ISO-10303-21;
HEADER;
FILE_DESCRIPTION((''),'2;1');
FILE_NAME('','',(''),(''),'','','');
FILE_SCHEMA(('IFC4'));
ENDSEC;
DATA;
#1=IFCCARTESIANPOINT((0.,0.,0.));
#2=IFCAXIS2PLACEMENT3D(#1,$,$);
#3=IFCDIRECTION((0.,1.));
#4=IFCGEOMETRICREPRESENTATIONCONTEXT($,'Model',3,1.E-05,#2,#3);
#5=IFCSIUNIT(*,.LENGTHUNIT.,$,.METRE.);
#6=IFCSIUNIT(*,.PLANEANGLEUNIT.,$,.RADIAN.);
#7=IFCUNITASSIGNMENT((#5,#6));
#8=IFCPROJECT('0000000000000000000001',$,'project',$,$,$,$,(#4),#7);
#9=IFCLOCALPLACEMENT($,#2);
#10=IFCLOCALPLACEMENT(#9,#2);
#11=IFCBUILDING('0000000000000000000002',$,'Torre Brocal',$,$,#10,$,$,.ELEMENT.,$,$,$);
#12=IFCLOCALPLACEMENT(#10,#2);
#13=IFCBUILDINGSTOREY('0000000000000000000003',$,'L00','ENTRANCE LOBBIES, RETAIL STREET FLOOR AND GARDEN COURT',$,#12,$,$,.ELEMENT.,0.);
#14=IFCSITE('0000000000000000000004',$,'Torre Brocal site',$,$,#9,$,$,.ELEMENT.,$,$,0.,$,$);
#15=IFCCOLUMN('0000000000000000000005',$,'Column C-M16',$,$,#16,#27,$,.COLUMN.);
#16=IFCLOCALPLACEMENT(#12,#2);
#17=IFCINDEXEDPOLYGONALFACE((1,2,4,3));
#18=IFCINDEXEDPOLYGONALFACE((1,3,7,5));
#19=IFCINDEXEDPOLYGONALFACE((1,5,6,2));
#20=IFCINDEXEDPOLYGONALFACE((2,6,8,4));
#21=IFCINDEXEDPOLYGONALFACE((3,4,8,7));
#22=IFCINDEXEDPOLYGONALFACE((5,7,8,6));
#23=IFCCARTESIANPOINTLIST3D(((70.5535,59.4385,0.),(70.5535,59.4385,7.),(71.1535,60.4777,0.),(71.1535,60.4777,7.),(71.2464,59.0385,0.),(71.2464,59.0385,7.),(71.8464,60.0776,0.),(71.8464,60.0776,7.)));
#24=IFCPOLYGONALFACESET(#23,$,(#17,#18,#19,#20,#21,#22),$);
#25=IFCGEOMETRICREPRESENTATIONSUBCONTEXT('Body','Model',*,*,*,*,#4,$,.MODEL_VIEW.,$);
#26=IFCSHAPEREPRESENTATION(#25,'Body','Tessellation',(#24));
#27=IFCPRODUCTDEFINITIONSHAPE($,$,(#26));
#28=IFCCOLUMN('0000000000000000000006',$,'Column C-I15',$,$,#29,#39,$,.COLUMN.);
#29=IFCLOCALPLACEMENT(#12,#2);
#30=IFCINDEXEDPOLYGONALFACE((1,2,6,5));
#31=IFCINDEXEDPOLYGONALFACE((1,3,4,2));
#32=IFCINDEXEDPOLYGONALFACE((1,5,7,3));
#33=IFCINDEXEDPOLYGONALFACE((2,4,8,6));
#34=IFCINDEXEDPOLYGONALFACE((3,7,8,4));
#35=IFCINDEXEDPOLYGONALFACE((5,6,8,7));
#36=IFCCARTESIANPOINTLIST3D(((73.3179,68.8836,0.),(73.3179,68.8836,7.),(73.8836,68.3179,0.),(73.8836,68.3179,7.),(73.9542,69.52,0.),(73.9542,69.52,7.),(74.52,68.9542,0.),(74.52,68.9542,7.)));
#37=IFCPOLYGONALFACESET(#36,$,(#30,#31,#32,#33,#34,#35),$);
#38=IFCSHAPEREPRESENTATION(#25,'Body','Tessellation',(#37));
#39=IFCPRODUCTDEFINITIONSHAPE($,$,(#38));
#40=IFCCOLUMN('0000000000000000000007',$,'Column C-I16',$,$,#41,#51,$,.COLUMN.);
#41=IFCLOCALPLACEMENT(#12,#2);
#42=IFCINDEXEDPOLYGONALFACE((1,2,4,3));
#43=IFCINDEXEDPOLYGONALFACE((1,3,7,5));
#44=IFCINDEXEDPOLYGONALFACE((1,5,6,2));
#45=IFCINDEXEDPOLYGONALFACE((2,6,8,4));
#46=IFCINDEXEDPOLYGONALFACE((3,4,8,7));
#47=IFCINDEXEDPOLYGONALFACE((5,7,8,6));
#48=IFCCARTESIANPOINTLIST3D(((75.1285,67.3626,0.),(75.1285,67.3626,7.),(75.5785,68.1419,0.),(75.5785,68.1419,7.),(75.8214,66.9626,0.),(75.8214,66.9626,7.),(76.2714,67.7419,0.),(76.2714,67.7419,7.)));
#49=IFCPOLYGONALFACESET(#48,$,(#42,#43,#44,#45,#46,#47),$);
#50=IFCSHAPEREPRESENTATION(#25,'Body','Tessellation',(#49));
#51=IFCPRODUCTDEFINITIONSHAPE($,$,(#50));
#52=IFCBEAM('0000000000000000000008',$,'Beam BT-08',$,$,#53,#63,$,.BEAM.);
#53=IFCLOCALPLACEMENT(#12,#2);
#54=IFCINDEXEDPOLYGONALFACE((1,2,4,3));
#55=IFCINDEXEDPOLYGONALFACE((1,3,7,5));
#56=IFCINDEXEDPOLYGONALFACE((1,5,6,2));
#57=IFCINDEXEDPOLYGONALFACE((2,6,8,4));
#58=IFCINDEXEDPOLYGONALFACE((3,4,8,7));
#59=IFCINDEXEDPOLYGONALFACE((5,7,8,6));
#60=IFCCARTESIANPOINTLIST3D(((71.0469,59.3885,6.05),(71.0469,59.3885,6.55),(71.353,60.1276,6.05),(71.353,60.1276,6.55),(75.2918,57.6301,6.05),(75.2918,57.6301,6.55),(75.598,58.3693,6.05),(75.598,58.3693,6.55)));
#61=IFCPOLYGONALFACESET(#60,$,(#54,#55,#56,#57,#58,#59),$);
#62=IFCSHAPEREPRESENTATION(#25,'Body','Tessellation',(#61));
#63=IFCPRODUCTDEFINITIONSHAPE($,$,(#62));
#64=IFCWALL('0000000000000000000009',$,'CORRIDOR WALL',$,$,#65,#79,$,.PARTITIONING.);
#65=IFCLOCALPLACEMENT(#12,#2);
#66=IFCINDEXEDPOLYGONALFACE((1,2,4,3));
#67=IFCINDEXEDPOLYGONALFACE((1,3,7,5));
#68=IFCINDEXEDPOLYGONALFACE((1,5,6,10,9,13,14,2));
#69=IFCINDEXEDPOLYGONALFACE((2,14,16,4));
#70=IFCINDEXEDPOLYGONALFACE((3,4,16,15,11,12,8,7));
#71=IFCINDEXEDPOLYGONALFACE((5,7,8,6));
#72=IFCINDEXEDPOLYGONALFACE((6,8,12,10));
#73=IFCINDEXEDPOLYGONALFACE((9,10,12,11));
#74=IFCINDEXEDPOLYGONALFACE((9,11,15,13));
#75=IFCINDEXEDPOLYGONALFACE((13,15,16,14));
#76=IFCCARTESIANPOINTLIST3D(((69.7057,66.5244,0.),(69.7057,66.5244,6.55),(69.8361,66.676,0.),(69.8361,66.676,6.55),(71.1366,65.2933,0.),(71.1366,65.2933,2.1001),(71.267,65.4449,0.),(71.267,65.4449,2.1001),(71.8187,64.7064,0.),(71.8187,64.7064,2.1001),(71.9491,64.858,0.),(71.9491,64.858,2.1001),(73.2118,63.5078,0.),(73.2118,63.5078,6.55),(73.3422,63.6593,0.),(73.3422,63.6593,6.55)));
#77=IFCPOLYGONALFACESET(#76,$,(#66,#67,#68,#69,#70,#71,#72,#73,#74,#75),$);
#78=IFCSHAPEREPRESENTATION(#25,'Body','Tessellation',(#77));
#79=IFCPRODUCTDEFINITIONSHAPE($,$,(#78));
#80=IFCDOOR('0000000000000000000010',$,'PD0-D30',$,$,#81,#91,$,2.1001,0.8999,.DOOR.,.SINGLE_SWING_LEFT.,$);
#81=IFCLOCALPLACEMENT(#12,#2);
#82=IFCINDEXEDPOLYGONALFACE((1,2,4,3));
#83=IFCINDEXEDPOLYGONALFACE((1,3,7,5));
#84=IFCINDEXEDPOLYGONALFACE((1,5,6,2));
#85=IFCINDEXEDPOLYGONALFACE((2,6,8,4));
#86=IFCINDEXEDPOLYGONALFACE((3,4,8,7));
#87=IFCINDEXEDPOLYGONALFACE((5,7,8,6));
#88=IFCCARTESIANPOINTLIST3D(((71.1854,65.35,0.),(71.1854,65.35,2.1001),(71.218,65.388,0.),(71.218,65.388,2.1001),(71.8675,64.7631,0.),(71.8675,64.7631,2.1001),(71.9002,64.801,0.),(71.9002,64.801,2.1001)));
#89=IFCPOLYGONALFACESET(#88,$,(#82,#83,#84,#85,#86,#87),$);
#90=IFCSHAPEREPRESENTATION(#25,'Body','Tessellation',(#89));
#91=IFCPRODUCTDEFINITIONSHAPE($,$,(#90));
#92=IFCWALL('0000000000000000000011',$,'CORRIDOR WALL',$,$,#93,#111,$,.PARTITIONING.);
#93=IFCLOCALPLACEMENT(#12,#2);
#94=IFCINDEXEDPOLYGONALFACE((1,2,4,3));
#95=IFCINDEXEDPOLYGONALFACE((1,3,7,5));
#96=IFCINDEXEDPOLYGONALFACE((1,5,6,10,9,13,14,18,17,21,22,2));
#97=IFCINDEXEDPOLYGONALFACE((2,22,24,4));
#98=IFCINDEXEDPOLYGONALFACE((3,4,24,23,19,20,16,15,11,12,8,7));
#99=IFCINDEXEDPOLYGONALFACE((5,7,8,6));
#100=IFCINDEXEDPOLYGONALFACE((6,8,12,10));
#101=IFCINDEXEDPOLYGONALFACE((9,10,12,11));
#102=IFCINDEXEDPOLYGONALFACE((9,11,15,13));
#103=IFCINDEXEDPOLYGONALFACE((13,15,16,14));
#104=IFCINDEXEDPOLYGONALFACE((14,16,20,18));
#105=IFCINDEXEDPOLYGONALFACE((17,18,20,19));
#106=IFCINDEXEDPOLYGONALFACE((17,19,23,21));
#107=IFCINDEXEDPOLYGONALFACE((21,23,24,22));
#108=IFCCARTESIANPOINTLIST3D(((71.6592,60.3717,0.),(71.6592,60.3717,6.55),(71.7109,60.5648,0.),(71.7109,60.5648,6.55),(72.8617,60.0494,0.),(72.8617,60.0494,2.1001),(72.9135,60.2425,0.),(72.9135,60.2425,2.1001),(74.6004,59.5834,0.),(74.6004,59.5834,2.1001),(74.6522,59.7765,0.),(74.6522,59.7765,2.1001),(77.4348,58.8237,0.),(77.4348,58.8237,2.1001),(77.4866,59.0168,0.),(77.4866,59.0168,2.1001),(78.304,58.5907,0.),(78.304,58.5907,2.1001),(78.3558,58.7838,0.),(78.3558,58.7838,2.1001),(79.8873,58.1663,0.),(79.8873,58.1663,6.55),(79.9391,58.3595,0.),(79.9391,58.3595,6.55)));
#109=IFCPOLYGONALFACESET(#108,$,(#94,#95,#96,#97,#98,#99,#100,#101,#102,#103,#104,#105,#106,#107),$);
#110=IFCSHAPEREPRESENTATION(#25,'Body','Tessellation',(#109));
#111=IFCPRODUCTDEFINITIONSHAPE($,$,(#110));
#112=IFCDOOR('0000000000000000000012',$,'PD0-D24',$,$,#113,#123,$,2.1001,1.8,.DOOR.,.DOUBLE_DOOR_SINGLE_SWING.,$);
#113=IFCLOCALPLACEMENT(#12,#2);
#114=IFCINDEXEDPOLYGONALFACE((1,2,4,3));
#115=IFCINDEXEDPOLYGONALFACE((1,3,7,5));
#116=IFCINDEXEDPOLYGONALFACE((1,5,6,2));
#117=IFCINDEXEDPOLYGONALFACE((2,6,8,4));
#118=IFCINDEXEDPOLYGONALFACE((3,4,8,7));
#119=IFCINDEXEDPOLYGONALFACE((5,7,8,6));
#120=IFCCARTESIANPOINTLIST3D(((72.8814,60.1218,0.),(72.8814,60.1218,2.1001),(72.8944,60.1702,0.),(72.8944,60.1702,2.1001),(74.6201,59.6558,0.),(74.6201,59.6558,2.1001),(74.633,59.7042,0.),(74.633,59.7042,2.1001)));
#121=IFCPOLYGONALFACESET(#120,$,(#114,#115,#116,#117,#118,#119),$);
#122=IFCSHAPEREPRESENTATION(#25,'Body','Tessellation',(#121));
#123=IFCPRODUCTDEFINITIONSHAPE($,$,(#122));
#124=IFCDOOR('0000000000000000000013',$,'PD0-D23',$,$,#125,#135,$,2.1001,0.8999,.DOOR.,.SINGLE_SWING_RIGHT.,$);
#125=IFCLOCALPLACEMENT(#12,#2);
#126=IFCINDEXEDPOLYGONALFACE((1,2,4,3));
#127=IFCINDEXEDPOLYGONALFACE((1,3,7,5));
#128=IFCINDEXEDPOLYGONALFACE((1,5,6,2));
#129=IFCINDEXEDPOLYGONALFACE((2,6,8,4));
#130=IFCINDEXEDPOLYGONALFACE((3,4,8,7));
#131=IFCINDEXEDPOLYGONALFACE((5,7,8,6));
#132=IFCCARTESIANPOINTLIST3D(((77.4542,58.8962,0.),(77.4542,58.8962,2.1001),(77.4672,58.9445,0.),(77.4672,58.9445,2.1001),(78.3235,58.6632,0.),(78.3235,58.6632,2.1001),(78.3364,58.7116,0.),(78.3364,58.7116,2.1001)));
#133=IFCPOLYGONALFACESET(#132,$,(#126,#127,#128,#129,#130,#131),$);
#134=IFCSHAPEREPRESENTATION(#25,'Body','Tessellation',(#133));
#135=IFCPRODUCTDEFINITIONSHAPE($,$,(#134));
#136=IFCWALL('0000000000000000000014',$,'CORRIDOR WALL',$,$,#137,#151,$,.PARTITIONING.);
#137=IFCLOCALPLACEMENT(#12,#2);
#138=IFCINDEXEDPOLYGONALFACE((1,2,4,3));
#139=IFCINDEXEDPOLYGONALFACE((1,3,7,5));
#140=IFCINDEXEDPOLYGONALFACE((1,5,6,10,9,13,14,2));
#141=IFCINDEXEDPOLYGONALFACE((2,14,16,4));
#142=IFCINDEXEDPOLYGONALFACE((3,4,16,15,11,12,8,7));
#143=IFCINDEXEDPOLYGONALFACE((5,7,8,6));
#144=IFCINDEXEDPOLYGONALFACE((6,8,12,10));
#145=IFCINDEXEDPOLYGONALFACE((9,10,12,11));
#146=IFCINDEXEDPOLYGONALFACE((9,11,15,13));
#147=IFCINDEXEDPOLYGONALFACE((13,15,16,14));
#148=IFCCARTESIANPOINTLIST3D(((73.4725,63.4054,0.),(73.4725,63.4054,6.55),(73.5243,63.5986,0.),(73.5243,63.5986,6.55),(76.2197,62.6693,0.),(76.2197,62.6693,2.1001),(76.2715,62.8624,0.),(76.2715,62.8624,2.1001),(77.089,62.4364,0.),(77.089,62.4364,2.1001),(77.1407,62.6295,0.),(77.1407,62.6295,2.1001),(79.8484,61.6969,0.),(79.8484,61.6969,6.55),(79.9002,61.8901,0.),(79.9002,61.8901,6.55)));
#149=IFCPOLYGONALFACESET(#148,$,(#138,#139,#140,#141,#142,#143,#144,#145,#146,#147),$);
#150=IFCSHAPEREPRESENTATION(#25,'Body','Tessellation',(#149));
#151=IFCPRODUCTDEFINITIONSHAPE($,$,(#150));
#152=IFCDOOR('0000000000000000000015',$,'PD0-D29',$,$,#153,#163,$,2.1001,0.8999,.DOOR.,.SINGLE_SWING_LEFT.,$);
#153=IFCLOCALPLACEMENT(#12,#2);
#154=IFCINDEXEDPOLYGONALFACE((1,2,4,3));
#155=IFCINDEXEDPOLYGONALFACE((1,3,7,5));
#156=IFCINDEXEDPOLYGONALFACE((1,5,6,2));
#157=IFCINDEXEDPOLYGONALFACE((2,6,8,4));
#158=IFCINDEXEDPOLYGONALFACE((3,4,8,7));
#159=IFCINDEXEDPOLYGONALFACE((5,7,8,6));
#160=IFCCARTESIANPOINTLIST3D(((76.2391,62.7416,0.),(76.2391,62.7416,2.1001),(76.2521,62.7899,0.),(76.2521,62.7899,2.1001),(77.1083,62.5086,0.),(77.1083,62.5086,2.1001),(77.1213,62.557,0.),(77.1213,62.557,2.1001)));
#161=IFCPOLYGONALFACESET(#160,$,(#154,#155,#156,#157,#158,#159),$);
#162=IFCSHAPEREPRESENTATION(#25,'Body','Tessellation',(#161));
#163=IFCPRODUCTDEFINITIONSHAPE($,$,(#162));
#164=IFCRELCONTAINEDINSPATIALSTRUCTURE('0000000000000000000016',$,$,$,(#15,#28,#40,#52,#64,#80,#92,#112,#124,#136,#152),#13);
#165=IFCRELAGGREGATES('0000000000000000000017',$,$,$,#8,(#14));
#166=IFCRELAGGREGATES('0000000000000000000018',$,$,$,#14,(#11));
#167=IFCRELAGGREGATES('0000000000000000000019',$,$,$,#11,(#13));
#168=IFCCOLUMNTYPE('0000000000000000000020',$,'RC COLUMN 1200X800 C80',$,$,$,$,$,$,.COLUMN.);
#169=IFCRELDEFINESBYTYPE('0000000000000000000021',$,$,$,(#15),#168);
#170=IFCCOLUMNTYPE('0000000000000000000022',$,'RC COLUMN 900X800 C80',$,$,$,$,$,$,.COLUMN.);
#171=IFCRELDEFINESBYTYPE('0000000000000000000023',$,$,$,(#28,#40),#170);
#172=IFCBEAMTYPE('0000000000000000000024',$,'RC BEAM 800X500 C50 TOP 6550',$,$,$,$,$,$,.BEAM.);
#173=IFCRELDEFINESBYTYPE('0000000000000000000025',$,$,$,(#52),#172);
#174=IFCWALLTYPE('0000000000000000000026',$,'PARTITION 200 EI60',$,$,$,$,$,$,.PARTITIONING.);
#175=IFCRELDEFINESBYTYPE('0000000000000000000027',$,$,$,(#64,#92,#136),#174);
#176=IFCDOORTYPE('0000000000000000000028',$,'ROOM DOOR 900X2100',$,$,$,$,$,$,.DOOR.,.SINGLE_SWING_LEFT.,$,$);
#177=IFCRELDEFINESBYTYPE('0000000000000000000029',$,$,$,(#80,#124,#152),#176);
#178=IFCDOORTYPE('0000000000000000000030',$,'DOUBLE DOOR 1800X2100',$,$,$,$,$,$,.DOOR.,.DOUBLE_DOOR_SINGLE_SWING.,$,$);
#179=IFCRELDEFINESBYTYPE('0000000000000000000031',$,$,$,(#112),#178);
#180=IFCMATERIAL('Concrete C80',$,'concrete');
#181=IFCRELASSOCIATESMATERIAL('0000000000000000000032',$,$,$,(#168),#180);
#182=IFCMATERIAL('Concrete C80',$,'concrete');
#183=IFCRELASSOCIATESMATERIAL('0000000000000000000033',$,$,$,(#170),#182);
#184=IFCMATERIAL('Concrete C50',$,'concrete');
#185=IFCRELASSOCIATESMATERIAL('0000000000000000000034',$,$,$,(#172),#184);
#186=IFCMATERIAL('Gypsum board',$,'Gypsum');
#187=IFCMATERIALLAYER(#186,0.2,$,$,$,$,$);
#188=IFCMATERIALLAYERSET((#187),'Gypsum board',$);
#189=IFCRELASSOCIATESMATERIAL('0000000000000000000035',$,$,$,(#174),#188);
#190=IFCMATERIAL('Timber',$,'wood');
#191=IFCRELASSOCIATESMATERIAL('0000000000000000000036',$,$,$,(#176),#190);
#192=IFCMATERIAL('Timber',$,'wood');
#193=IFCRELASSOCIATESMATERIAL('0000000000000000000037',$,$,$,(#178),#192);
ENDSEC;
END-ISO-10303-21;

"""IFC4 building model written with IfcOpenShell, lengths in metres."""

from ifc_helpers import new_model, si_unit, direction, frame, frame_2d, origin, origin_2d, place, context, subcontext, project, spatial, rectangle, extrude, material, layer, layer_set, material_profile, profile_set, type_object, element, fill, save


model = new_model("IFC4")

# Units and contexts
model_context = context("Model", 3, precision=1e-05, world=origin(), true_north=direction((0.0, 1.0)))
body_context = subcontext(model_context, "Body", "Model", "MODEL_VIEW")
ifc_project = project(units=[si_unit("LENGTHUNIT", "METRE"), si_unit("PLANEANGLEUNIT", "RADIAN")], contexts=[model_context])

# Site, building, storey
site_placement = place(None, origin())
site = spatial("IfcSite", under=ifc_project, at=site_placement, Name="Torre Brocal site", CompositionType="ELEMENT", RefElevation=0.0)
building_placement = place(site_placement, origin())
building = spatial("IfcBuilding", under=site, at=building_placement, Name="Torre Brocal", CompositionType="ELEMENT")
storey_placement = place(building_placement, origin())
storey = spatial("IfcBuildingStorey", under=building, at=storey_placement, Name="L00", Description="ENTRANCE LOBBIES, RETAIL STREET FLOOR AND GARDEN COURT", CompositionType="ELEMENT", Elevation=0.0)

# Columns
ifc_material_1 = material(Name="Concrete C80", Category="concrete")
ifc_material_profile_1 = material_profile(ifc_material_1, rectangle(XDim=1.2, YDim=0.8, at=origin_2d()), Name="RC 1200X800")
ifc_profile_set_1 = profile_set([ifc_material_profile_1], Name="Concrete C80")
column_type_1 = type_object("IfcColumnType", Name="RC COLUMN 1200X800 C80", PredefinedType="COLUMN", material=ifc_profile_set_1)
column_placement = place(storey_placement, frame((71.2, 59.7581, 0.0), z_axis=(0.0, 0.0, 1.0), x_axis=(-0.5, -0.866025, 0.0)))
element("IfcColumn", 1, at=column_placement, inside=storey, type_object=column_type_1, Name="Column C-M16", PredefinedType="COLUMN", context=body_context, shape_type="SweptSolid", body=[
    extrude(rectangle(XDim=1.2, YDim=0.8, at=origin_2d()), origin(), (0.0, 0.0, 1.0), 7.0),
])
ifc_material_2 = material(Name="Concrete C80", Category="concrete")
ifc_material_profile_2 = material_profile(ifc_material_2, rectangle(XDim=0.8999, YDim=0.8, at=origin_2d()), Name="RC 900X800")
ifc_profile_set_2 = profile_set([ifc_material_profile_2], Name="Concrete C80")
column_type_2 = type_object("IfcColumnType", Name="RC COLUMN 900X800 C80", PredefinedType="COLUMN", material=ifc_profile_set_2)
for number, where, z_axis, x_axis, name in (
    (2, (73.9189, 68.9189, 0.0), (0.0, 0.0, 1.0), (-0.707107, -0.707107, 0.0), "Column C-I15"),
    (3, (75.7, 67.5522, 0.0), (0.0, 0.0, 1.0), (-0.5, -0.866025, 0.0), "Column C-I16"),
):
    element("IfcColumn", number, at=place(storey_placement, frame(where, z_axis=z_axis, x_axis=x_axis)), inside=storey, type_object=column_type_2, Name=name, PredefinedType="COLUMN", context=body_context, shape_type="SweptSolid", body=[
        extrude(rectangle(XDim=0.8999, YDim=0.8, at=origin_2d()), origin(), (0.0, 0.0, 1.0), 7.0),
    ])

# Beam
ifc_material_3 = material(Name="Concrete C50", Category="concrete")
ifc_material_profile_3 = material_profile(ifc_material_3, rectangle(XDim=0.8, YDim=0.5, at=origin_2d()), Name="RC 800X500")
ifc_profile_set_3 = profile_set([ifc_material_profile_3], Name="Concrete C50")
beam_type = type_object("IfcBeamType", Name="RC BEAM 800X500 C50 TOP 6550", PredefinedType="BEAM", material=ifc_profile_set_3)
beam_placement = place(storey_placement, frame((71.2, 59.7581, 6.3), z_axis=(0.923878, -0.382687, 0.0), x_axis=(0.382687, 0.923878, 0.0)))
element("IfcBeam", 4, at=beam_placement, inside=storey, type_object=beam_type, Name="Beam BT-08", PredefinedType="BEAM", context=body_context, shape_type="SweptSolid", body=[
    extrude(rectangle(XDim=0.8, YDim=0.5, at=origin_2d()), origin(), (0.0, 0.0, 1.0), 4.5947),
])

# Wall, opening, door
ifc_material_4 = material(Name="Gypsum board", Category="Gypsum")
ifc_layer_1 = layer(ifc_material_4, 0.2)
ifc_layer_set_1 = layer_set([ifc_layer_1], Name="Gypsum board")
wall_type_1 = type_object("IfcWallType", Name="PARTITION 200 EI60", PredefinedType="PARTITIONING", material=ifc_layer_set_1)
wall_1_placement = place(storey_placement, frame((69.771, 66.6001, 0.0), z_axis=(0.0, 0.0, 1.0), x_axis=(0.758041, -0.652207, 0.0)))
wall_1 = element("IfcWall", 5, at=wall_1_placement, inside=storey, type_object=wall_type_1, Name="CORRIDOR WALL", PredefinedType="PARTITIONING", context=body_context, shape_type="SweptSolid", body=[
    extrude(rectangle(XDim=4.6252, YDim=0.2, at=frame_2d((2.3125, 0.0))), origin(), (0.0, 0.0, 1.0), 6.55),
])
opening_1_placement = place(wall_1_placement, frame((1.8875, 0.0, 0.0)))
opening_1 = element("IfcOpeningElement", 6, at=opening_1_placement, cuts=wall_1, PredefinedType="OPENING", context=body_context, shape_type="SweptSolid", body=[
    extrude(rectangle(XDim=0.8999, YDim=2.1001, at=frame_2d((0.45, 1.05))), frame((0.0, 0.1099, 0.0), z_axis=(0.0, -1.0, 0.0), x_axis=(1.0, 0.0, 0.0)), (0.0, 0.0, 1.0), 0.22),
])
ifc_material_5 = material(Name="Timber", Category="wood")
door_type_1 = type_object("IfcDoorType", Name="ROOM DOOR 900X2100", OperationType="SINGLE_SWING_LEFT", PredefinedType="DOOR", material=ifc_material_5)
door_1_placement = place(opening_1_placement, origin())
door_1 = element("IfcDoor", 7, at=door_1_placement, inside=storey, type_object=door_type_1, Name="PD0-D30", OperationType="SINGLE_SWING_LEFT", OverallHeight=2.1001, OverallWidth=0.8999, PredefinedType="DOOR", context=body_context, shape_type="SweptSolid", body=[
    extrude(rectangle(XDim=0.8999, YDim=2.1001, at=frame_2d((0.45, 1.05))), frame((0.0, 0.0249, 0.0), z_axis=(0.0, -1.0, 0.0), x_axis=(1.0, 0.0, 0.0)), (0.0, 0.0, 1.0), 0.05),
])
fill(opening_1, door_1)

# Wall, openings, doors
wall_2_placement = place(storey_placement, frame((71.6851, 60.4683, 0.0), z_axis=(0.0, 0.0, 1.0), x_axis=(0.965907, -0.258888, 0.0)))
wall_2 = element("IfcWall", 8, at=wall_2_placement, inside=storey, type_object=wall_type_1, Name="CORRIDOR WALL", PredefinedType="PARTITIONING", context=body_context, shape_type="SweptSolid", body=[
    extrude(rectangle(XDim=8.5186, YDim=0.2, at=frame_2d((4.2593, 0.0))), origin(), (0.0, 0.0, 1.0), 6.55),
])
opening_2_placement = place(wall_2_placement, frame((5.9795, 0.0, 0.0)))
opening_2 = element("IfcOpeningElement", 9, at=opening_2_placement, cuts=wall_2, PredefinedType="OPENING", context=body_context, shape_type="SweptSolid", body=[
    extrude(rectangle(XDim=0.8999, YDim=2.1001, at=frame_2d((0.45, 1.05))), frame((0.0, 0.1099, 0.0), z_axis=(0.0, -1.0, 0.0), x_axis=(1.0, 0.0, 0.0)), (0.0, 0.0, 1.0), 0.22),
])
opening_3_placement = place(wall_2_placement, frame((1.2451, 0.0, 0.0)))
opening_3 = element("IfcOpeningElement", 10, at=opening_3_placement, cuts=wall_2, PredefinedType="OPENING", context=body_context, shape_type="SweptSolid", body=[
    extrude(rectangle(XDim=1.8, YDim=2.1001, at=frame_2d((0.8999, 1.05))), frame((0.0, 0.1099, 0.0), z_axis=(0.0, -1.0, 0.0), x_axis=(1.0, 0.0, 0.0)), (0.0, 0.0, 1.0), 0.22),
])
ifc_material_6 = material(Name="Timber", Category="wood")
door_type_2 = type_object("IfcDoorType", Name="DOUBLE DOOR 1800X2100", OperationType="DOUBLE_DOOR_SINGLE_SWING", PredefinedType="DOOR", material=ifc_material_6)
door_2_placement = place(opening_3_placement, frame((1.8, 0.0, 0.0), z_axis=(0.0, 0.0, 1.0), x_axis=(-1.0, 0.0, 0.0)))
door_2 = element("IfcDoor", 11, at=door_2_placement, inside=storey, type_object=door_type_2, Name="PD0-D24", OperationType="DOUBLE_DOOR_SINGLE_SWING", OverallHeight=2.1001, OverallWidth=1.8, PredefinedType="DOOR", context=body_context, shape_type="SweptSolid", body=[
    extrude(rectangle(XDim=1.8, YDim=2.1001, at=frame_2d((0.8999, 1.05))), frame((0.0, 0.0249, 0.0), z_axis=(0.0, -1.0, 0.0), x_axis=(1.0, 0.0, 0.0)), (0.0, 0.0, 1.0), 0.05),
])
fill(opening_3, door_2)
door_3_placement = place(opening_2_placement, frame((0.8999, 0.0, 0.0), z_axis=(0.0, 0.0, 1.0), x_axis=(-1.0, 0.0, 0.0)))
door_3 = element("IfcDoor", 12, at=door_3_placement, inside=storey, type_object=door_type_1, Name="PD0-D23", OperationType="SINGLE_SWING_RIGHT", OverallHeight=2.1001, OverallWidth=0.8999, PredefinedType="DOOR", context=body_context, shape_type="SweptSolid", body=[
    extrude(rectangle(XDim=0.8999, YDim=2.1001, at=frame_2d((0.45, 1.05))), frame((0.0, 0.0249, 0.0), z_axis=(0.0, -1.0, 0.0), x_axis=(1.0, 0.0, 0.0)), (0.0, 0.0, 1.0), 0.05),
])
fill(opening_2, door_3)

# Wall, opening, door
wall_3_placement = place(storey_placement, frame((73.4985, 63.502, 0.0), z_axis=(0.0, 0.0, 1.0), x_axis=(0.965924, -0.258827, 0.0)))
wall_3 = element("IfcWall", 13, at=wall_3_placement, inside=storey, type_object=wall_type_1, Name="CORRIDOR WALL", PredefinedType="PARTITIONING", context=body_context, shape_type="SweptSolid", body=[
    extrude(rectangle(XDim=6.6008, YDim=0.2, at=frame_2d((3.3003, 0.0))), origin(), (0.0, 0.0, 1.0), 6.55),
])
opening_4_placement = place(wall_3_placement, frame((2.844, 0.0, 0.0)))
opening_4 = element("IfcOpeningElement", 14, at=opening_4_placement, cuts=wall_3, PredefinedType="OPENING", context=body_context, shape_type="SweptSolid", body=[
    extrude(rectangle(XDim=0.8999, YDim=2.1001, at=frame_2d((0.45, 1.05))), frame((0.0, 0.1099, 0.0), z_axis=(0.0, -1.0, 0.0), x_axis=(1.0, 0.0, 0.0)), (0.0, 0.0, 1.0), 0.22),
])
door_4_placement = place(opening_4_placement, origin())
door_4 = element("IfcDoor", 15, at=door_4_placement, inside=storey, type_object=door_type_1, Name="PD0-D29", OperationType="SINGLE_SWING_LEFT", OverallHeight=2.1001, OverallWidth=0.8999, PredefinedType="DOOR", context=body_context, shape_type="SweptSolid", body=[
    extrude(rectangle(XDim=0.8999, YDim=2.1001, at=frame_2d((0.45, 1.05))), frame((0.0, 0.0249, 0.0), z_axis=(0.0, -1.0, 0.0), x_axis=(1.0, 0.0, 0.0)), (0.0, 0.0, 1.0), 0.05),
])
fill(opening_4, door_4)

save(model, "model.ifc")
